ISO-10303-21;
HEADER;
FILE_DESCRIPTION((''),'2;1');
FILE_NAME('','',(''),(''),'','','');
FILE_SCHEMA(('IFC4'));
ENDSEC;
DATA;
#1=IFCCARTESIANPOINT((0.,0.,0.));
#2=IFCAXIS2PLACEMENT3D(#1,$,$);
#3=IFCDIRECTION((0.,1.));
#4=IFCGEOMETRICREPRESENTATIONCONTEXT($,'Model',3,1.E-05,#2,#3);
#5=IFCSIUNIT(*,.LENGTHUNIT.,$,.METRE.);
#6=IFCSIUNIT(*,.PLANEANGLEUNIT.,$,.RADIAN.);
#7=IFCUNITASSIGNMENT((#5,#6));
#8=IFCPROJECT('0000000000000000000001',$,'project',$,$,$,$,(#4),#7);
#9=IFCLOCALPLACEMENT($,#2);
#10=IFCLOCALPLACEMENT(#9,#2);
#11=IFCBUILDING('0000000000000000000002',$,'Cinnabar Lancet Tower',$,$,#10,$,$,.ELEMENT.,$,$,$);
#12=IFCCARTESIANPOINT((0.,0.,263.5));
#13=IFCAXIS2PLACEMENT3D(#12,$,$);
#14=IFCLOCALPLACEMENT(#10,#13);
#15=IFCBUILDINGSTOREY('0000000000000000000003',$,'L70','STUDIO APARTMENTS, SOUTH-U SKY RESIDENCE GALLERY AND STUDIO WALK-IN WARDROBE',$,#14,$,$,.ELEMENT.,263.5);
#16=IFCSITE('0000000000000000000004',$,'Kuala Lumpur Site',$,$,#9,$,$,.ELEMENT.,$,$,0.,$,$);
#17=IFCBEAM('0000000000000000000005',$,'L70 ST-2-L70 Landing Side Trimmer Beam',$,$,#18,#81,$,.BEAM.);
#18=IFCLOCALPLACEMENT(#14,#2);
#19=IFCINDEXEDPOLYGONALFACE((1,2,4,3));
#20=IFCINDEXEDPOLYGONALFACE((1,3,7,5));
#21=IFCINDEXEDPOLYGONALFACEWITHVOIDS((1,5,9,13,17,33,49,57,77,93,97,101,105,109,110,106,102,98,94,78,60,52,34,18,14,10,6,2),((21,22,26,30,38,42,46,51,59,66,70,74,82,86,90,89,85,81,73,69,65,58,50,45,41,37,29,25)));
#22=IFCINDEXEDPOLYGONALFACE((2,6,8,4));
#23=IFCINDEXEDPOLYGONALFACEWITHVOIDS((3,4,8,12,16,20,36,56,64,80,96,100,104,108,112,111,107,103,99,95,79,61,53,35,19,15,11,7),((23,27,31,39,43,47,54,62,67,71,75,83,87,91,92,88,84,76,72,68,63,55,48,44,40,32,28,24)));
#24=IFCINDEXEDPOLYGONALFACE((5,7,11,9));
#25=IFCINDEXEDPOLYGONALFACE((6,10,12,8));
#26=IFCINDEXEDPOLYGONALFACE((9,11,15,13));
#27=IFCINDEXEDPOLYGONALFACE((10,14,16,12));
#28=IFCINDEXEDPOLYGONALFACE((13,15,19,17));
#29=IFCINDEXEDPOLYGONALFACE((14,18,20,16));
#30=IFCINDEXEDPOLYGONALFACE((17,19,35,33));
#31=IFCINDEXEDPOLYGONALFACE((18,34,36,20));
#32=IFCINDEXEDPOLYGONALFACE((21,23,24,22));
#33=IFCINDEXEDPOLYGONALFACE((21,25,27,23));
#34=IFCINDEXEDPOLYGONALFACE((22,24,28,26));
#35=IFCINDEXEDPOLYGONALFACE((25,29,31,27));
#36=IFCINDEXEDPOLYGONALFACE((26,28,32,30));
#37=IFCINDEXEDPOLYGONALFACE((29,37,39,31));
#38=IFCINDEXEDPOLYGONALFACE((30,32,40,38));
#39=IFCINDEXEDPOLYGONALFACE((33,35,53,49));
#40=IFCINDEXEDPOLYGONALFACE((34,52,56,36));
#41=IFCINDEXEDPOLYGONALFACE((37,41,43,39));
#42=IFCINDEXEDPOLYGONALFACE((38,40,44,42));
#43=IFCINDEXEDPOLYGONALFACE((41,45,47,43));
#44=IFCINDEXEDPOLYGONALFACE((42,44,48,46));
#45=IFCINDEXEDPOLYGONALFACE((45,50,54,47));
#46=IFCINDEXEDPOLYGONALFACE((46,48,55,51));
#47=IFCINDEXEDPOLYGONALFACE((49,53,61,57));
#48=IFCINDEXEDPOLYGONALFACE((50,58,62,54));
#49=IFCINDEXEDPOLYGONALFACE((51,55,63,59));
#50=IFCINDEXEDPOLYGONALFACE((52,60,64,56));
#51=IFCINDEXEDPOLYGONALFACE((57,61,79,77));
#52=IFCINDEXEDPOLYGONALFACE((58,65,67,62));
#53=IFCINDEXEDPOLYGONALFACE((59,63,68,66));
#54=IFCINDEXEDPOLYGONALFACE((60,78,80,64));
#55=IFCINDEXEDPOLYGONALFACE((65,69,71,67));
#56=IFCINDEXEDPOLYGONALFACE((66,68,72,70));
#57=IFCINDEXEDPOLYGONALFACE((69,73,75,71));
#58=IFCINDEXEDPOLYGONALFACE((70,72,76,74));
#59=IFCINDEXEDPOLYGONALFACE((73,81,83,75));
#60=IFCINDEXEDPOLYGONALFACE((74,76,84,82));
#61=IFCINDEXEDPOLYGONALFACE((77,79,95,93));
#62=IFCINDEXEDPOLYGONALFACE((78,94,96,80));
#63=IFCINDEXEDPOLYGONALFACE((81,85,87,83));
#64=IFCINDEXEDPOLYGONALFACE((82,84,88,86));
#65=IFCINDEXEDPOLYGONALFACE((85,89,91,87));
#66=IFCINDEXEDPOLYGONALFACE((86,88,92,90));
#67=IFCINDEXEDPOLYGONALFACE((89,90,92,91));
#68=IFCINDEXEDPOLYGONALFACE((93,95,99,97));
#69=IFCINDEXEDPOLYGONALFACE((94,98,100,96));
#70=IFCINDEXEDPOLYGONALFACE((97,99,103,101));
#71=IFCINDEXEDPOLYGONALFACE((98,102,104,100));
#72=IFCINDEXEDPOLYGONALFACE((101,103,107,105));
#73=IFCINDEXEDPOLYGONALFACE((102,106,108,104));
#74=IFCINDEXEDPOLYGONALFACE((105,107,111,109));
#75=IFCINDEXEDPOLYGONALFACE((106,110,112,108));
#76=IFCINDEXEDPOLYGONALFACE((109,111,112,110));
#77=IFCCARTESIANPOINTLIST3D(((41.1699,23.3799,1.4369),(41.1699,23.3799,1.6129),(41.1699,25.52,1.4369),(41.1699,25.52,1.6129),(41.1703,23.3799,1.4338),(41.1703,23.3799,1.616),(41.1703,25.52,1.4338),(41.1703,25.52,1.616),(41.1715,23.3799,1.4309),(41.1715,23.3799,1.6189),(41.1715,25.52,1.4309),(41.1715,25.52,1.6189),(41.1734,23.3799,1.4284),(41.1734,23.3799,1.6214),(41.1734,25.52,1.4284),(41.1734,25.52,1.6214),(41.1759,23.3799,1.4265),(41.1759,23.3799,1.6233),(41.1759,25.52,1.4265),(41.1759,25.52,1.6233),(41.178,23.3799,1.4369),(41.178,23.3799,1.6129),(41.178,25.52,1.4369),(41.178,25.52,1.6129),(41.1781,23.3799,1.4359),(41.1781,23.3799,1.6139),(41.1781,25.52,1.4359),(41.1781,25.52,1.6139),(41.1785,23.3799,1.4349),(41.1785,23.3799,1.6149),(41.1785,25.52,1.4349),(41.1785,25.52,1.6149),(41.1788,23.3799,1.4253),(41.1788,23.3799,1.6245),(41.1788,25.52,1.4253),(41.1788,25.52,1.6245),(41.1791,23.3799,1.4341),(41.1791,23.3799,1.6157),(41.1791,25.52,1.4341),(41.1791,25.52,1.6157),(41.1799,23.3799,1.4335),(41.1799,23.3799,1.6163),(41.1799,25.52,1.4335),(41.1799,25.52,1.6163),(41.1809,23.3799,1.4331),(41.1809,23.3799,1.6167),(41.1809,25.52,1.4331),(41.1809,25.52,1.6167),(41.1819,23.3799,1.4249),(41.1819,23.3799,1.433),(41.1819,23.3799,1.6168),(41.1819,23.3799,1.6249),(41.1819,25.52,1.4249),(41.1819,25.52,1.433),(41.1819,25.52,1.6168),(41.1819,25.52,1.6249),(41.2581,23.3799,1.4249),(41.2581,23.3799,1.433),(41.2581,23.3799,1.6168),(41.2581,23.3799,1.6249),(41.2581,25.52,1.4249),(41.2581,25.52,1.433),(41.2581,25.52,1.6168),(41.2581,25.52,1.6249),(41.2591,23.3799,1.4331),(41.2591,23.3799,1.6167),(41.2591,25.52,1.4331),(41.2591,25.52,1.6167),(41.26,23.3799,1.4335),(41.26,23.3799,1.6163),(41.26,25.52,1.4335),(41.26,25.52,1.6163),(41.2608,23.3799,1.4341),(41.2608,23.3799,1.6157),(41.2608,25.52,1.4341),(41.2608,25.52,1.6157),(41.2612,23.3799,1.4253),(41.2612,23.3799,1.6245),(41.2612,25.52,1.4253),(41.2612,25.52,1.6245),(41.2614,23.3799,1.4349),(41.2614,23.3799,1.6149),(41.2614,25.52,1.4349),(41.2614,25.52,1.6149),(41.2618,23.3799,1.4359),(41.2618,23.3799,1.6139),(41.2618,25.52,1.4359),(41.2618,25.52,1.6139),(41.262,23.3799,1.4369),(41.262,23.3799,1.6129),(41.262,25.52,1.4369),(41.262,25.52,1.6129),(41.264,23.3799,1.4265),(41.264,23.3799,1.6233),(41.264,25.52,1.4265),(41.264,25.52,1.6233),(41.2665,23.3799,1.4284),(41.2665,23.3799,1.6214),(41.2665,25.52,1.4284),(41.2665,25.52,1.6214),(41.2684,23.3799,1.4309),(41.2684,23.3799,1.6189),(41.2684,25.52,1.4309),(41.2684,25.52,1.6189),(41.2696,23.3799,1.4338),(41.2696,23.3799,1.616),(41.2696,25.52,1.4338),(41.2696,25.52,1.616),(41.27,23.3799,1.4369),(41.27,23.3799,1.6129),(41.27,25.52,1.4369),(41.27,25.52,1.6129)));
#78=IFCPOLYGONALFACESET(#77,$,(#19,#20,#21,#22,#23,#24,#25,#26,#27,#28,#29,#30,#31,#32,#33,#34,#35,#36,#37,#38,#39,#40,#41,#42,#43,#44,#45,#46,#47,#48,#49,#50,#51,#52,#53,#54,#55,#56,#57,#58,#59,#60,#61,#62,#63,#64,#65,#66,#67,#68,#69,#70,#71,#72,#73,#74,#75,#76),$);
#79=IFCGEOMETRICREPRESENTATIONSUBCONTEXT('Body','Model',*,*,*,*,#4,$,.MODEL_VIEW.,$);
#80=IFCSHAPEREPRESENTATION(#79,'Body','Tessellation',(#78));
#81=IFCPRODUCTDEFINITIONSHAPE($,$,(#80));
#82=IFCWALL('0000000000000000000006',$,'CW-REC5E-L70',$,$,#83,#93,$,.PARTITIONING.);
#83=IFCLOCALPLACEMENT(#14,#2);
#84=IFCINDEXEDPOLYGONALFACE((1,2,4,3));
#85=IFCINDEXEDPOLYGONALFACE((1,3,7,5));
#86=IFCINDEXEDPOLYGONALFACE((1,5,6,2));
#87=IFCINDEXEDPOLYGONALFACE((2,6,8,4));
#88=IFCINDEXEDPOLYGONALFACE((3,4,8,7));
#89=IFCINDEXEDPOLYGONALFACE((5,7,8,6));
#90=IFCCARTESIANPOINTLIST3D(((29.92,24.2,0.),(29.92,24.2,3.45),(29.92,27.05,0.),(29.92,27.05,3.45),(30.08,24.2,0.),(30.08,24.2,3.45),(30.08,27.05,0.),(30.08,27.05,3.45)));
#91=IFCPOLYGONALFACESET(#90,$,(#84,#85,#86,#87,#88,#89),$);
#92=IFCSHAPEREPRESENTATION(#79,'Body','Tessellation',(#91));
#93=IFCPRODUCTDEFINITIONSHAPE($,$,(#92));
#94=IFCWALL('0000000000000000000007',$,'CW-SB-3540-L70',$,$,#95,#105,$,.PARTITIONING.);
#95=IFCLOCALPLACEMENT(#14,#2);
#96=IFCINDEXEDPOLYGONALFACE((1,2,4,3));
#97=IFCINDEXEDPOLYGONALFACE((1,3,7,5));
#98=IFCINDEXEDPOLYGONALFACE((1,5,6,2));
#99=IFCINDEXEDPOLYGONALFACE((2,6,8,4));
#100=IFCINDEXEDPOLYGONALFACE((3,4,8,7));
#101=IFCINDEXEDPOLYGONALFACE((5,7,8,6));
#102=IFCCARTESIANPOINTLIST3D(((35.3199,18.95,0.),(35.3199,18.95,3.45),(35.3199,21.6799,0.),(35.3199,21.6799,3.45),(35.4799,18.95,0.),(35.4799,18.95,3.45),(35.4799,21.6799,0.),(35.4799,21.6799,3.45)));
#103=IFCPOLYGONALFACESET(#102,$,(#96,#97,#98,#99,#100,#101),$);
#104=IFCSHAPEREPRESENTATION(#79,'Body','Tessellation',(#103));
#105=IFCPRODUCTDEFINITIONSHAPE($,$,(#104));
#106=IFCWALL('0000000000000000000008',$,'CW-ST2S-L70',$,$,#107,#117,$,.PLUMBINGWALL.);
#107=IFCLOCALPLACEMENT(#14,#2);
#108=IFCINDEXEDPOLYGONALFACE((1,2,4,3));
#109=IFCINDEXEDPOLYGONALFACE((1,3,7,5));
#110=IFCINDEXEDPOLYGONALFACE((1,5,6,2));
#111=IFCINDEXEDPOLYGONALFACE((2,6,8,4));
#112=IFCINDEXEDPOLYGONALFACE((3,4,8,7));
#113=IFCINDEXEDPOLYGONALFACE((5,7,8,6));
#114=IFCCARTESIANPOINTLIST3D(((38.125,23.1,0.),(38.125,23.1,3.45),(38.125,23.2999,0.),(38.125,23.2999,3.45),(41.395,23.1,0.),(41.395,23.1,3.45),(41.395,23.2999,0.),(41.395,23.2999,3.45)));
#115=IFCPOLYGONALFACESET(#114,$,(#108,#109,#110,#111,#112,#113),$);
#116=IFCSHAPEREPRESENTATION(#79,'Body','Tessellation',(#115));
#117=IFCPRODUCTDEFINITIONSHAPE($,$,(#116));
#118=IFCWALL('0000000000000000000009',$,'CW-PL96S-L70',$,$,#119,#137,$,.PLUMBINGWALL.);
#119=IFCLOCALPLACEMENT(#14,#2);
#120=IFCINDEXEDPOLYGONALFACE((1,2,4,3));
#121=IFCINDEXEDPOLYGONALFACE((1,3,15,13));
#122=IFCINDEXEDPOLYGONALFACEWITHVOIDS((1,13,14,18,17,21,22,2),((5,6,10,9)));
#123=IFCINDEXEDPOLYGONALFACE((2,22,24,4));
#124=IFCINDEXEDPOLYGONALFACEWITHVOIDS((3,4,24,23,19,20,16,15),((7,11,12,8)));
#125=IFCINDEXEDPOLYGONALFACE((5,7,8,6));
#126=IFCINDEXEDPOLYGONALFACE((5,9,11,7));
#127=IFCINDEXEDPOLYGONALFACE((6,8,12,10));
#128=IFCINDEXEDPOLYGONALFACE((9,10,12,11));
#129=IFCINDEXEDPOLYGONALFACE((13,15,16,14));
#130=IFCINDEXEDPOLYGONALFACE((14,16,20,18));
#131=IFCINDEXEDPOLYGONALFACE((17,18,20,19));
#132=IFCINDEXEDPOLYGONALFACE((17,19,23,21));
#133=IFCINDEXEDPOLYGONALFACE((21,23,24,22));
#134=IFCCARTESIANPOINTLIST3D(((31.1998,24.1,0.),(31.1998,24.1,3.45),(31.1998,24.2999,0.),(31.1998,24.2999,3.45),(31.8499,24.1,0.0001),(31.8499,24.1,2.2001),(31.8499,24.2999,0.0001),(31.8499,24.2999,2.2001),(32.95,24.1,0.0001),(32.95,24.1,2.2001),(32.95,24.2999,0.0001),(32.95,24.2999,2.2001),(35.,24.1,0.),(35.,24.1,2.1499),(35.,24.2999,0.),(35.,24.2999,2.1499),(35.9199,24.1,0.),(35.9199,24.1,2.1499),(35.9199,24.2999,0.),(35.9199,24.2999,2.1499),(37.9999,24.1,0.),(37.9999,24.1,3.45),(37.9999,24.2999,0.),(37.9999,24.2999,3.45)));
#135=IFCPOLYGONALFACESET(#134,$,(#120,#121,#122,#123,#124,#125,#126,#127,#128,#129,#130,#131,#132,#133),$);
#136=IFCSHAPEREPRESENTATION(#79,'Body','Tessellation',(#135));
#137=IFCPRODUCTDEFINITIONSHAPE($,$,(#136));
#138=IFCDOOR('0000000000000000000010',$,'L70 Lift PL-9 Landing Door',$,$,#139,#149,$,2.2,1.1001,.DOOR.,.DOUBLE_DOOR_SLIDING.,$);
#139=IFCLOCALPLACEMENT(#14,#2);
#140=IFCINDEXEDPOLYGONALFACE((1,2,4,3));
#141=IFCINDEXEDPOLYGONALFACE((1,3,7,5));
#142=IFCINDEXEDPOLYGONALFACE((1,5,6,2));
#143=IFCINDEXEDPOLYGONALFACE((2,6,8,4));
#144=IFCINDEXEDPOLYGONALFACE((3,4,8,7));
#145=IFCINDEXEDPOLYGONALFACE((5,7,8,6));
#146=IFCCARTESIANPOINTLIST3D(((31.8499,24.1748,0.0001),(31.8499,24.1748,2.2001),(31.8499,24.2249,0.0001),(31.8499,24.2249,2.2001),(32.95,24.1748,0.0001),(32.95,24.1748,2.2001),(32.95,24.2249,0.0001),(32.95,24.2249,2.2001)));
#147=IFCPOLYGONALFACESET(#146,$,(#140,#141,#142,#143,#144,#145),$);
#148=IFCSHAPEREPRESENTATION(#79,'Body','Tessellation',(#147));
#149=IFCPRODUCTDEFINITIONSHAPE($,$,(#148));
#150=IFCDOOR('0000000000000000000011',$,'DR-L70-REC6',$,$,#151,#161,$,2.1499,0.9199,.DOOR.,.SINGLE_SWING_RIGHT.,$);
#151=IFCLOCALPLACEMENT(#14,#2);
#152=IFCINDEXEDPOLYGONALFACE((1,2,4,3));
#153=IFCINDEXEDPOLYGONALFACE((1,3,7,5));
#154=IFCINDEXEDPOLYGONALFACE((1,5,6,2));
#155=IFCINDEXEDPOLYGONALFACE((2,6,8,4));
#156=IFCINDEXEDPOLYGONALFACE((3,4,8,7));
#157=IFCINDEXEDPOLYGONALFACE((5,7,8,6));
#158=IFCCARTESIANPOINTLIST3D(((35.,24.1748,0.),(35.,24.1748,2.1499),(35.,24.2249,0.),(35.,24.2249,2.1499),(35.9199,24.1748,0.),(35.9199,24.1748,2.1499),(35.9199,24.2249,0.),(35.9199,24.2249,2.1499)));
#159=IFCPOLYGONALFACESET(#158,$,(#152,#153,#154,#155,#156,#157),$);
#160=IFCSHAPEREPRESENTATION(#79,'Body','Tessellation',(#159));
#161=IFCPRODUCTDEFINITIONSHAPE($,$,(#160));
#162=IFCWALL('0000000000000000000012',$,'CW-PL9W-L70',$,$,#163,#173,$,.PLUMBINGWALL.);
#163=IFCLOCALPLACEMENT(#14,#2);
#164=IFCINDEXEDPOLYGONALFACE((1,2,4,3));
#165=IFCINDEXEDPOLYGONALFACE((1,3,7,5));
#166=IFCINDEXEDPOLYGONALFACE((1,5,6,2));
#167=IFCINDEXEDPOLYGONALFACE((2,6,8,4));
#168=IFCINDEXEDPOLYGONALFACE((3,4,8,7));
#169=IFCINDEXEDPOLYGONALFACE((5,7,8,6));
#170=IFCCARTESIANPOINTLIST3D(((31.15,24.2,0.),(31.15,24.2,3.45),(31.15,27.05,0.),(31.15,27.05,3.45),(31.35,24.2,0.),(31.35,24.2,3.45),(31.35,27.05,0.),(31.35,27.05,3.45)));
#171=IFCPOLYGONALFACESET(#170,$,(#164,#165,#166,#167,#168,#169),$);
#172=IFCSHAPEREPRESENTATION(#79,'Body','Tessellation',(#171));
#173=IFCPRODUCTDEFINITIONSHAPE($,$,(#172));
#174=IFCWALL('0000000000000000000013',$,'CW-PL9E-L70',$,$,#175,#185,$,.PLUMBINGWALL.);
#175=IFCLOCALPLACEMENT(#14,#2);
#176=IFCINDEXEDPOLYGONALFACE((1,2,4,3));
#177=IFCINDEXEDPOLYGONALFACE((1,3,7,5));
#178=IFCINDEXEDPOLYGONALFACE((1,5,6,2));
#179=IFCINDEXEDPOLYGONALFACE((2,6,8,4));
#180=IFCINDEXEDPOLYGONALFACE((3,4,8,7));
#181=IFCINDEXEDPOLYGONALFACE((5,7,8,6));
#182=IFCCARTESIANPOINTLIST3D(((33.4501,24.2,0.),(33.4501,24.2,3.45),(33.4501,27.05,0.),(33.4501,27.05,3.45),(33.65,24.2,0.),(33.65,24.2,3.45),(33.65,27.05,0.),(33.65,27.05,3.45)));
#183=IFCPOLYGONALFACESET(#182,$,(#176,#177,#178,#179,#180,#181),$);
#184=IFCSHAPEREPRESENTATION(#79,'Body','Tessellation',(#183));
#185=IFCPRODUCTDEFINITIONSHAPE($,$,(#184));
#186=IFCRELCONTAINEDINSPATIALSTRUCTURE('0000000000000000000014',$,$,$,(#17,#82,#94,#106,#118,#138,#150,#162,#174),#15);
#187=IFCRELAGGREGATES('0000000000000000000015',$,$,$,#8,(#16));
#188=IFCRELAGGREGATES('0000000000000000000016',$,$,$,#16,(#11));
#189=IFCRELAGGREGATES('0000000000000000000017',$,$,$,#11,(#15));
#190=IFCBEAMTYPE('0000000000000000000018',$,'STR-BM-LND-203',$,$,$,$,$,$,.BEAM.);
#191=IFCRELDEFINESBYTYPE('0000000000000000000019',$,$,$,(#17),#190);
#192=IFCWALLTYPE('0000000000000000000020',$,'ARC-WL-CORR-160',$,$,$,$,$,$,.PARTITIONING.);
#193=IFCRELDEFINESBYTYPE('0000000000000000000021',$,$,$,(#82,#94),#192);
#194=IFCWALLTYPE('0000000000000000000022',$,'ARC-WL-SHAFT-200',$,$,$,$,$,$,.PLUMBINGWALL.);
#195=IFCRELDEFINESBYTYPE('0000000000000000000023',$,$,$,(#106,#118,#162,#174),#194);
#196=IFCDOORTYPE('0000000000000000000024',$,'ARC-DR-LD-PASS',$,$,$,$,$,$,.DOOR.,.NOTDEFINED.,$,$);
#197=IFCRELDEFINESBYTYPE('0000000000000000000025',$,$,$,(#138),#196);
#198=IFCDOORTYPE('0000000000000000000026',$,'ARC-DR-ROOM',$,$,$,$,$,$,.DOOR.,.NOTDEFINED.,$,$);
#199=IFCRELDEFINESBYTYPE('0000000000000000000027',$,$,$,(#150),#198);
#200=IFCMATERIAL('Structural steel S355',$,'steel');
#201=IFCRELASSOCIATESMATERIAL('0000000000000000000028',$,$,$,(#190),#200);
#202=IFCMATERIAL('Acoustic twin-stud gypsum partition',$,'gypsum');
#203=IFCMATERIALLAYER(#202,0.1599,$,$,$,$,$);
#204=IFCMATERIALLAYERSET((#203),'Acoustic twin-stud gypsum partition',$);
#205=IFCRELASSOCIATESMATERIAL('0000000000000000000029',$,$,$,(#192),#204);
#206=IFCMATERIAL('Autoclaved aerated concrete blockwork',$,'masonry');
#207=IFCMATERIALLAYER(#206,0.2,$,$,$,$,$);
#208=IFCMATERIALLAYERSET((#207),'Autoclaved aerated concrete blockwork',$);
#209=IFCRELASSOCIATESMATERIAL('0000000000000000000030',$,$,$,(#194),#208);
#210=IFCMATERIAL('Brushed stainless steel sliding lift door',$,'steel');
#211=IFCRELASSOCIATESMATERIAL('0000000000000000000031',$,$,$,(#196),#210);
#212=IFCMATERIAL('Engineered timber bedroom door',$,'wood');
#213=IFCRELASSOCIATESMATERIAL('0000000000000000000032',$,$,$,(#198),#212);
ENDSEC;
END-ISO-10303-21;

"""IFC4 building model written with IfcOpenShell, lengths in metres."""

from ifc_helpers import new_model, si_unit, direction, frame, frame_2d, origin, origin_2d, place, context, subcontext, project, spatial, rectangle, hollow_rectangle, extrude, material, layer, layer_set, material_profile, profile_set, type_object, element, fill, save


model = new_model("IFC4")

# Units and contexts
model_context = context("Model", 3, precision=1e-05, world=origin(), true_north=direction((0.0, 1.0)))
body_context = subcontext(model_context, "Body", "Model", "MODEL_VIEW")
ifc_project = project(units=[si_unit("LENGTHUNIT", "METRE"), si_unit("PLANEANGLEUNIT", "RADIAN")], contexts=[model_context])

# Site, building, storey
site_placement = place(None, origin())
site = spatial("IfcSite", under=ifc_project, at=site_placement, Name="Kuala Lumpur Site", CompositionType="ELEMENT", RefElevation=0.0)
building_placement = place(site_placement, origin())
building = spatial("IfcBuilding", under=site, at=building_placement, Name="Cinnabar Lancet Tower", CompositionType="ELEMENT")
storey_placement = place(building_placement, frame((0.0, 0.0, 263.5)))
storey = spatial("IfcBuildingStorey", under=building, at=storey_placement, Name="L70", Description="STUDIO APARTMENTS, SOUTH-U SKY RESIDENCE GALLERY AND STUDIO WALK-IN WARDROBE", CompositionType="ELEMENT", Elevation=263.5)

# Beam
ifc_material_1 = material(Name="Structural steel S355", Category="steel")
ifc_material_profile = material_profile(ifc_material_1, hollow_rectangle(XDim=0.1001, YDim=0.2, WallThickness=0.0081, InnerFilletRadius=0.0039, OuterFilletRadius=0.012, at=origin_2d()), Name="RHS 200x100x8")
ifc_profile_set = profile_set([ifc_material_profile], Name="Structural steel S355")
beam_type = type_object("IfcBeamType", Name="STR-BM-LND-203", PredefinedType="BEAM", material=ifc_profile_set)
beam_placement = place(storey_placement, frame((41.22, 23.3799, 1.5249), z_axis=(0.0, 1.0, 0.0), x_axis=(-1.0, 0.0, 0.0)))
element("IfcBeam", 1, at=beam_placement, inside=storey, type_object=beam_type, Name="L70 ST-2-L70 Landing Side Trimmer Beam", PredefinedType="BEAM", context=body_context, shape_type="SweptSolid", body=[
    extrude(hollow_rectangle(XDim=0.1001, YDim=0.2, WallThickness=0.0081, InnerFilletRadius=0.0039, OuterFilletRadius=0.012, at=origin_2d()), origin(), (0.0, 0.0, 1.0), 2.1401),
])

# Walls
ifc_material_2 = material(Name="Acoustic twin-stud gypsum partition", Category="gypsum")
ifc_layer_1 = layer(ifc_material_2, 0.1599)
ifc_layer_set_1 = layer_set([ifc_layer_1], Name="Acoustic twin-stud gypsum partition")
wall_type_1 = type_object("IfcWallType", Name="ARC-WL-CORR-160", PredefinedType="PARTITIONING", material=ifc_layer_set_1)
wall_1_placement = place(storey_placement, frame((30.0, 24.2, 0.0), z_axis=(0.0, 0.0, 1.0), x_axis=(0.0, 1.0, 0.0)))
element("IfcWall", 2, at=wall_1_placement, inside=storey, type_object=wall_type_1, Name="CW-REC5E-L70", PredefinedType="PARTITIONING", context=body_context, shape_type="SweptSolid", body=[
    extrude(rectangle(XDim=2.8501, YDim=0.1599, at=frame_2d((1.425, 0.0))), origin(), (0.0, 0.0, 1.0), 3.45),
])
wall_2_placement = place(storey_placement, frame((35.3999, 18.95, 0.0), z_axis=(0.0, 0.0, 1.0), x_axis=(0.0, 1.0, 0.0)))
element("IfcWall", 3, at=wall_2_placement, inside=storey, type_object=wall_type_1, Name="CW-SB-3540-L70", PredefinedType="PARTITIONING", context=body_context, shape_type="SweptSolid", body=[
    extrude(rectangle(XDim=2.73, YDim=0.1599, at=frame_2d((1.365, 0.0))), origin(), (0.0, 0.0, 1.0), 3.45),
])
ifc_material_3 = material(Name="Autoclaved aerated concrete blockwork", Category="masonry")
ifc_layer_2 = layer(ifc_material_3, 0.2)
ifc_layer_set_2 = layer_set([ifc_layer_2], Name="Autoclaved aerated concrete blockwork")
wall_type_2 = type_object("IfcWallType", Name="ARC-WL-SHAFT-200", PredefinedType="PLUMBINGWALL", material=ifc_layer_set_2)
wall_3_placement = place(storey_placement, frame((38.125, 23.2, 0.0), z_axis=(0.0, 0.0, 1.0), x_axis=(1.0, 0.0, 0.0)))
element("IfcWall", 4, at=wall_3_placement, inside=storey, type_object=wall_type_2, Name="CW-ST2S-L70", PredefinedType="PLUMBINGWALL", context=body_context, shape_type="SweptSolid", body=[
    extrude(rectangle(XDim=3.27, YDim=0.2, at=frame_2d((1.635, 0.0))), origin(), (0.0, 0.0, 1.0), 3.45),
])

# Wall, openings, doors
wall_4_placement = place(storey_placement, frame((31.2, 24.2, 0.0), z_axis=(0.0, 0.0, 1.0), x_axis=(1.0, 0.0, 0.0)))
wall_4 = element("IfcWall", 5, at=wall_4_placement, inside=storey, type_object=wall_type_2, Name="CW-PL96S-L70", PredefinedType="PLUMBINGWALL", context=body_context, shape_type="SweptSolid", body=[
    extrude(rectangle(XDim=6.8, YDim=0.2, at=frame_2d((3.3999, 0.0))), origin(), (0.0, 0.0, 1.0), 3.45),
])
opening_1_placement = place(wall_4_placement, frame((0.6499, 0.0, 0.0)))
opening_1 = element("IfcOpeningElement", 6, at=opening_1_placement, cuts=wall_4, PredefinedType="OPENING", context=body_context, shape_type="SweptSolid", body=[
    extrude(rectangle(XDim=1.1001, YDim=2.2, at=frame_2d((0.55, 1.1001))), frame((0.0, 0.1099, 0.0), z_axis=(0.0, -1.0, 0.0), x_axis=(1.0, 0.0, 0.0)), (0.0, 0.0, 1.0), 0.22),
])
opening_2_placement = place(wall_4_placement, frame((3.8, 0.0, 0.0)))
opening_2 = element("IfcOpeningElement", 7, at=opening_2_placement, cuts=wall_4, PredefinedType="OPENING", context=body_context, shape_type="SweptSolid", body=[
    extrude(rectangle(XDim=0.9199, YDim=2.1499, at=frame_2d((0.46, 1.075))), frame((0.0, 0.1099, 0.0), z_axis=(0.0, -1.0, 0.0), x_axis=(1.0, 0.0, 0.0)), (0.0, 0.0, 1.0), 0.22),
])
ifc_material_4 = material(Name="Brushed stainless steel sliding lift door", Category="steel")
door_type_1 = type_object("IfcDoorType", Name="ARC-DR-LD-PASS", OperationType="NOTDEFINED", PredefinedType="DOOR", material=ifc_material_4)
door_1_placement = place(opening_1_placement, origin())
door_1 = element("IfcDoor", 8, at=door_1_placement, inside=storey, type_object=door_type_1, Name="L70 Lift PL-9 Landing Door", OperationType="DOUBLE_DOOR_SLIDING", OverallHeight=2.2, OverallWidth=1.1001, PredefinedType="DOOR", context=body_context, shape_type="SweptSolid", body=[
    extrude(rectangle(XDim=1.1001, YDim=2.2, at=frame_2d((0.55, 1.1001))), frame((0.0, 0.0249, 0.0), z_axis=(0.0, -1.0, 0.0), x_axis=(1.0, 0.0, 0.0)), (0.0, 0.0, 1.0), 0.05),
])
fill(opening_1, door_1)
ifc_material_5 = material(Name="Engineered timber bedroom door", Category="wood")
door_type_2 = type_object("IfcDoorType", Name="ARC-DR-ROOM", OperationType="NOTDEFINED", PredefinedType="DOOR", material=ifc_material_5)
door_2_placement = place(opening_2_placement, origin())
door_2 = element("IfcDoor", 9, at=door_2_placement, inside=storey, type_object=door_type_2, Name="DR-L70-REC6", OperationType="SINGLE_SWING_RIGHT", OverallHeight=2.1499, OverallWidth=0.9199, PredefinedType="DOOR", context=body_context, shape_type="SweptSolid", body=[
    extrude(rectangle(XDim=0.9199, YDim=2.1499, at=frame_2d((0.46, 1.075))), frame((0.0, 0.0249, 0.0), z_axis=(0.0, -1.0, 0.0), x_axis=(1.0, 0.0, 0.0)), (0.0, 0.0, 1.0), 0.05),
])
fill(opening_2, door_2)

# Walls
for number, where, z_axis, x_axis, name in (
    (10, (31.25, 24.2, 0.0), (0.0, 0.0, 1.0), (0.0, 1.0, 0.0), "CW-PL9W-L70"),
    (11, (33.55, 24.2, 0.0), (0.0, 0.0, 1.0), (0.0, 1.0, 0.0), "CW-PL9E-L70"),
):
    element("IfcWall", number, at=place(storey_placement, frame(where, z_axis=z_axis, x_axis=x_axis)), inside=storey, type_object=wall_type_2, Name=name, PredefinedType="PLUMBINGWALL", context=body_context, shape_type="SweptSolid", body=[
        extrude(rectangle(XDim=2.8501, YDim=0.2, at=frame_2d((1.425, 0.0))), origin(), (0.0, 0.0, 1.0), 3.45),
    ])

save(model, "model.ifc")
